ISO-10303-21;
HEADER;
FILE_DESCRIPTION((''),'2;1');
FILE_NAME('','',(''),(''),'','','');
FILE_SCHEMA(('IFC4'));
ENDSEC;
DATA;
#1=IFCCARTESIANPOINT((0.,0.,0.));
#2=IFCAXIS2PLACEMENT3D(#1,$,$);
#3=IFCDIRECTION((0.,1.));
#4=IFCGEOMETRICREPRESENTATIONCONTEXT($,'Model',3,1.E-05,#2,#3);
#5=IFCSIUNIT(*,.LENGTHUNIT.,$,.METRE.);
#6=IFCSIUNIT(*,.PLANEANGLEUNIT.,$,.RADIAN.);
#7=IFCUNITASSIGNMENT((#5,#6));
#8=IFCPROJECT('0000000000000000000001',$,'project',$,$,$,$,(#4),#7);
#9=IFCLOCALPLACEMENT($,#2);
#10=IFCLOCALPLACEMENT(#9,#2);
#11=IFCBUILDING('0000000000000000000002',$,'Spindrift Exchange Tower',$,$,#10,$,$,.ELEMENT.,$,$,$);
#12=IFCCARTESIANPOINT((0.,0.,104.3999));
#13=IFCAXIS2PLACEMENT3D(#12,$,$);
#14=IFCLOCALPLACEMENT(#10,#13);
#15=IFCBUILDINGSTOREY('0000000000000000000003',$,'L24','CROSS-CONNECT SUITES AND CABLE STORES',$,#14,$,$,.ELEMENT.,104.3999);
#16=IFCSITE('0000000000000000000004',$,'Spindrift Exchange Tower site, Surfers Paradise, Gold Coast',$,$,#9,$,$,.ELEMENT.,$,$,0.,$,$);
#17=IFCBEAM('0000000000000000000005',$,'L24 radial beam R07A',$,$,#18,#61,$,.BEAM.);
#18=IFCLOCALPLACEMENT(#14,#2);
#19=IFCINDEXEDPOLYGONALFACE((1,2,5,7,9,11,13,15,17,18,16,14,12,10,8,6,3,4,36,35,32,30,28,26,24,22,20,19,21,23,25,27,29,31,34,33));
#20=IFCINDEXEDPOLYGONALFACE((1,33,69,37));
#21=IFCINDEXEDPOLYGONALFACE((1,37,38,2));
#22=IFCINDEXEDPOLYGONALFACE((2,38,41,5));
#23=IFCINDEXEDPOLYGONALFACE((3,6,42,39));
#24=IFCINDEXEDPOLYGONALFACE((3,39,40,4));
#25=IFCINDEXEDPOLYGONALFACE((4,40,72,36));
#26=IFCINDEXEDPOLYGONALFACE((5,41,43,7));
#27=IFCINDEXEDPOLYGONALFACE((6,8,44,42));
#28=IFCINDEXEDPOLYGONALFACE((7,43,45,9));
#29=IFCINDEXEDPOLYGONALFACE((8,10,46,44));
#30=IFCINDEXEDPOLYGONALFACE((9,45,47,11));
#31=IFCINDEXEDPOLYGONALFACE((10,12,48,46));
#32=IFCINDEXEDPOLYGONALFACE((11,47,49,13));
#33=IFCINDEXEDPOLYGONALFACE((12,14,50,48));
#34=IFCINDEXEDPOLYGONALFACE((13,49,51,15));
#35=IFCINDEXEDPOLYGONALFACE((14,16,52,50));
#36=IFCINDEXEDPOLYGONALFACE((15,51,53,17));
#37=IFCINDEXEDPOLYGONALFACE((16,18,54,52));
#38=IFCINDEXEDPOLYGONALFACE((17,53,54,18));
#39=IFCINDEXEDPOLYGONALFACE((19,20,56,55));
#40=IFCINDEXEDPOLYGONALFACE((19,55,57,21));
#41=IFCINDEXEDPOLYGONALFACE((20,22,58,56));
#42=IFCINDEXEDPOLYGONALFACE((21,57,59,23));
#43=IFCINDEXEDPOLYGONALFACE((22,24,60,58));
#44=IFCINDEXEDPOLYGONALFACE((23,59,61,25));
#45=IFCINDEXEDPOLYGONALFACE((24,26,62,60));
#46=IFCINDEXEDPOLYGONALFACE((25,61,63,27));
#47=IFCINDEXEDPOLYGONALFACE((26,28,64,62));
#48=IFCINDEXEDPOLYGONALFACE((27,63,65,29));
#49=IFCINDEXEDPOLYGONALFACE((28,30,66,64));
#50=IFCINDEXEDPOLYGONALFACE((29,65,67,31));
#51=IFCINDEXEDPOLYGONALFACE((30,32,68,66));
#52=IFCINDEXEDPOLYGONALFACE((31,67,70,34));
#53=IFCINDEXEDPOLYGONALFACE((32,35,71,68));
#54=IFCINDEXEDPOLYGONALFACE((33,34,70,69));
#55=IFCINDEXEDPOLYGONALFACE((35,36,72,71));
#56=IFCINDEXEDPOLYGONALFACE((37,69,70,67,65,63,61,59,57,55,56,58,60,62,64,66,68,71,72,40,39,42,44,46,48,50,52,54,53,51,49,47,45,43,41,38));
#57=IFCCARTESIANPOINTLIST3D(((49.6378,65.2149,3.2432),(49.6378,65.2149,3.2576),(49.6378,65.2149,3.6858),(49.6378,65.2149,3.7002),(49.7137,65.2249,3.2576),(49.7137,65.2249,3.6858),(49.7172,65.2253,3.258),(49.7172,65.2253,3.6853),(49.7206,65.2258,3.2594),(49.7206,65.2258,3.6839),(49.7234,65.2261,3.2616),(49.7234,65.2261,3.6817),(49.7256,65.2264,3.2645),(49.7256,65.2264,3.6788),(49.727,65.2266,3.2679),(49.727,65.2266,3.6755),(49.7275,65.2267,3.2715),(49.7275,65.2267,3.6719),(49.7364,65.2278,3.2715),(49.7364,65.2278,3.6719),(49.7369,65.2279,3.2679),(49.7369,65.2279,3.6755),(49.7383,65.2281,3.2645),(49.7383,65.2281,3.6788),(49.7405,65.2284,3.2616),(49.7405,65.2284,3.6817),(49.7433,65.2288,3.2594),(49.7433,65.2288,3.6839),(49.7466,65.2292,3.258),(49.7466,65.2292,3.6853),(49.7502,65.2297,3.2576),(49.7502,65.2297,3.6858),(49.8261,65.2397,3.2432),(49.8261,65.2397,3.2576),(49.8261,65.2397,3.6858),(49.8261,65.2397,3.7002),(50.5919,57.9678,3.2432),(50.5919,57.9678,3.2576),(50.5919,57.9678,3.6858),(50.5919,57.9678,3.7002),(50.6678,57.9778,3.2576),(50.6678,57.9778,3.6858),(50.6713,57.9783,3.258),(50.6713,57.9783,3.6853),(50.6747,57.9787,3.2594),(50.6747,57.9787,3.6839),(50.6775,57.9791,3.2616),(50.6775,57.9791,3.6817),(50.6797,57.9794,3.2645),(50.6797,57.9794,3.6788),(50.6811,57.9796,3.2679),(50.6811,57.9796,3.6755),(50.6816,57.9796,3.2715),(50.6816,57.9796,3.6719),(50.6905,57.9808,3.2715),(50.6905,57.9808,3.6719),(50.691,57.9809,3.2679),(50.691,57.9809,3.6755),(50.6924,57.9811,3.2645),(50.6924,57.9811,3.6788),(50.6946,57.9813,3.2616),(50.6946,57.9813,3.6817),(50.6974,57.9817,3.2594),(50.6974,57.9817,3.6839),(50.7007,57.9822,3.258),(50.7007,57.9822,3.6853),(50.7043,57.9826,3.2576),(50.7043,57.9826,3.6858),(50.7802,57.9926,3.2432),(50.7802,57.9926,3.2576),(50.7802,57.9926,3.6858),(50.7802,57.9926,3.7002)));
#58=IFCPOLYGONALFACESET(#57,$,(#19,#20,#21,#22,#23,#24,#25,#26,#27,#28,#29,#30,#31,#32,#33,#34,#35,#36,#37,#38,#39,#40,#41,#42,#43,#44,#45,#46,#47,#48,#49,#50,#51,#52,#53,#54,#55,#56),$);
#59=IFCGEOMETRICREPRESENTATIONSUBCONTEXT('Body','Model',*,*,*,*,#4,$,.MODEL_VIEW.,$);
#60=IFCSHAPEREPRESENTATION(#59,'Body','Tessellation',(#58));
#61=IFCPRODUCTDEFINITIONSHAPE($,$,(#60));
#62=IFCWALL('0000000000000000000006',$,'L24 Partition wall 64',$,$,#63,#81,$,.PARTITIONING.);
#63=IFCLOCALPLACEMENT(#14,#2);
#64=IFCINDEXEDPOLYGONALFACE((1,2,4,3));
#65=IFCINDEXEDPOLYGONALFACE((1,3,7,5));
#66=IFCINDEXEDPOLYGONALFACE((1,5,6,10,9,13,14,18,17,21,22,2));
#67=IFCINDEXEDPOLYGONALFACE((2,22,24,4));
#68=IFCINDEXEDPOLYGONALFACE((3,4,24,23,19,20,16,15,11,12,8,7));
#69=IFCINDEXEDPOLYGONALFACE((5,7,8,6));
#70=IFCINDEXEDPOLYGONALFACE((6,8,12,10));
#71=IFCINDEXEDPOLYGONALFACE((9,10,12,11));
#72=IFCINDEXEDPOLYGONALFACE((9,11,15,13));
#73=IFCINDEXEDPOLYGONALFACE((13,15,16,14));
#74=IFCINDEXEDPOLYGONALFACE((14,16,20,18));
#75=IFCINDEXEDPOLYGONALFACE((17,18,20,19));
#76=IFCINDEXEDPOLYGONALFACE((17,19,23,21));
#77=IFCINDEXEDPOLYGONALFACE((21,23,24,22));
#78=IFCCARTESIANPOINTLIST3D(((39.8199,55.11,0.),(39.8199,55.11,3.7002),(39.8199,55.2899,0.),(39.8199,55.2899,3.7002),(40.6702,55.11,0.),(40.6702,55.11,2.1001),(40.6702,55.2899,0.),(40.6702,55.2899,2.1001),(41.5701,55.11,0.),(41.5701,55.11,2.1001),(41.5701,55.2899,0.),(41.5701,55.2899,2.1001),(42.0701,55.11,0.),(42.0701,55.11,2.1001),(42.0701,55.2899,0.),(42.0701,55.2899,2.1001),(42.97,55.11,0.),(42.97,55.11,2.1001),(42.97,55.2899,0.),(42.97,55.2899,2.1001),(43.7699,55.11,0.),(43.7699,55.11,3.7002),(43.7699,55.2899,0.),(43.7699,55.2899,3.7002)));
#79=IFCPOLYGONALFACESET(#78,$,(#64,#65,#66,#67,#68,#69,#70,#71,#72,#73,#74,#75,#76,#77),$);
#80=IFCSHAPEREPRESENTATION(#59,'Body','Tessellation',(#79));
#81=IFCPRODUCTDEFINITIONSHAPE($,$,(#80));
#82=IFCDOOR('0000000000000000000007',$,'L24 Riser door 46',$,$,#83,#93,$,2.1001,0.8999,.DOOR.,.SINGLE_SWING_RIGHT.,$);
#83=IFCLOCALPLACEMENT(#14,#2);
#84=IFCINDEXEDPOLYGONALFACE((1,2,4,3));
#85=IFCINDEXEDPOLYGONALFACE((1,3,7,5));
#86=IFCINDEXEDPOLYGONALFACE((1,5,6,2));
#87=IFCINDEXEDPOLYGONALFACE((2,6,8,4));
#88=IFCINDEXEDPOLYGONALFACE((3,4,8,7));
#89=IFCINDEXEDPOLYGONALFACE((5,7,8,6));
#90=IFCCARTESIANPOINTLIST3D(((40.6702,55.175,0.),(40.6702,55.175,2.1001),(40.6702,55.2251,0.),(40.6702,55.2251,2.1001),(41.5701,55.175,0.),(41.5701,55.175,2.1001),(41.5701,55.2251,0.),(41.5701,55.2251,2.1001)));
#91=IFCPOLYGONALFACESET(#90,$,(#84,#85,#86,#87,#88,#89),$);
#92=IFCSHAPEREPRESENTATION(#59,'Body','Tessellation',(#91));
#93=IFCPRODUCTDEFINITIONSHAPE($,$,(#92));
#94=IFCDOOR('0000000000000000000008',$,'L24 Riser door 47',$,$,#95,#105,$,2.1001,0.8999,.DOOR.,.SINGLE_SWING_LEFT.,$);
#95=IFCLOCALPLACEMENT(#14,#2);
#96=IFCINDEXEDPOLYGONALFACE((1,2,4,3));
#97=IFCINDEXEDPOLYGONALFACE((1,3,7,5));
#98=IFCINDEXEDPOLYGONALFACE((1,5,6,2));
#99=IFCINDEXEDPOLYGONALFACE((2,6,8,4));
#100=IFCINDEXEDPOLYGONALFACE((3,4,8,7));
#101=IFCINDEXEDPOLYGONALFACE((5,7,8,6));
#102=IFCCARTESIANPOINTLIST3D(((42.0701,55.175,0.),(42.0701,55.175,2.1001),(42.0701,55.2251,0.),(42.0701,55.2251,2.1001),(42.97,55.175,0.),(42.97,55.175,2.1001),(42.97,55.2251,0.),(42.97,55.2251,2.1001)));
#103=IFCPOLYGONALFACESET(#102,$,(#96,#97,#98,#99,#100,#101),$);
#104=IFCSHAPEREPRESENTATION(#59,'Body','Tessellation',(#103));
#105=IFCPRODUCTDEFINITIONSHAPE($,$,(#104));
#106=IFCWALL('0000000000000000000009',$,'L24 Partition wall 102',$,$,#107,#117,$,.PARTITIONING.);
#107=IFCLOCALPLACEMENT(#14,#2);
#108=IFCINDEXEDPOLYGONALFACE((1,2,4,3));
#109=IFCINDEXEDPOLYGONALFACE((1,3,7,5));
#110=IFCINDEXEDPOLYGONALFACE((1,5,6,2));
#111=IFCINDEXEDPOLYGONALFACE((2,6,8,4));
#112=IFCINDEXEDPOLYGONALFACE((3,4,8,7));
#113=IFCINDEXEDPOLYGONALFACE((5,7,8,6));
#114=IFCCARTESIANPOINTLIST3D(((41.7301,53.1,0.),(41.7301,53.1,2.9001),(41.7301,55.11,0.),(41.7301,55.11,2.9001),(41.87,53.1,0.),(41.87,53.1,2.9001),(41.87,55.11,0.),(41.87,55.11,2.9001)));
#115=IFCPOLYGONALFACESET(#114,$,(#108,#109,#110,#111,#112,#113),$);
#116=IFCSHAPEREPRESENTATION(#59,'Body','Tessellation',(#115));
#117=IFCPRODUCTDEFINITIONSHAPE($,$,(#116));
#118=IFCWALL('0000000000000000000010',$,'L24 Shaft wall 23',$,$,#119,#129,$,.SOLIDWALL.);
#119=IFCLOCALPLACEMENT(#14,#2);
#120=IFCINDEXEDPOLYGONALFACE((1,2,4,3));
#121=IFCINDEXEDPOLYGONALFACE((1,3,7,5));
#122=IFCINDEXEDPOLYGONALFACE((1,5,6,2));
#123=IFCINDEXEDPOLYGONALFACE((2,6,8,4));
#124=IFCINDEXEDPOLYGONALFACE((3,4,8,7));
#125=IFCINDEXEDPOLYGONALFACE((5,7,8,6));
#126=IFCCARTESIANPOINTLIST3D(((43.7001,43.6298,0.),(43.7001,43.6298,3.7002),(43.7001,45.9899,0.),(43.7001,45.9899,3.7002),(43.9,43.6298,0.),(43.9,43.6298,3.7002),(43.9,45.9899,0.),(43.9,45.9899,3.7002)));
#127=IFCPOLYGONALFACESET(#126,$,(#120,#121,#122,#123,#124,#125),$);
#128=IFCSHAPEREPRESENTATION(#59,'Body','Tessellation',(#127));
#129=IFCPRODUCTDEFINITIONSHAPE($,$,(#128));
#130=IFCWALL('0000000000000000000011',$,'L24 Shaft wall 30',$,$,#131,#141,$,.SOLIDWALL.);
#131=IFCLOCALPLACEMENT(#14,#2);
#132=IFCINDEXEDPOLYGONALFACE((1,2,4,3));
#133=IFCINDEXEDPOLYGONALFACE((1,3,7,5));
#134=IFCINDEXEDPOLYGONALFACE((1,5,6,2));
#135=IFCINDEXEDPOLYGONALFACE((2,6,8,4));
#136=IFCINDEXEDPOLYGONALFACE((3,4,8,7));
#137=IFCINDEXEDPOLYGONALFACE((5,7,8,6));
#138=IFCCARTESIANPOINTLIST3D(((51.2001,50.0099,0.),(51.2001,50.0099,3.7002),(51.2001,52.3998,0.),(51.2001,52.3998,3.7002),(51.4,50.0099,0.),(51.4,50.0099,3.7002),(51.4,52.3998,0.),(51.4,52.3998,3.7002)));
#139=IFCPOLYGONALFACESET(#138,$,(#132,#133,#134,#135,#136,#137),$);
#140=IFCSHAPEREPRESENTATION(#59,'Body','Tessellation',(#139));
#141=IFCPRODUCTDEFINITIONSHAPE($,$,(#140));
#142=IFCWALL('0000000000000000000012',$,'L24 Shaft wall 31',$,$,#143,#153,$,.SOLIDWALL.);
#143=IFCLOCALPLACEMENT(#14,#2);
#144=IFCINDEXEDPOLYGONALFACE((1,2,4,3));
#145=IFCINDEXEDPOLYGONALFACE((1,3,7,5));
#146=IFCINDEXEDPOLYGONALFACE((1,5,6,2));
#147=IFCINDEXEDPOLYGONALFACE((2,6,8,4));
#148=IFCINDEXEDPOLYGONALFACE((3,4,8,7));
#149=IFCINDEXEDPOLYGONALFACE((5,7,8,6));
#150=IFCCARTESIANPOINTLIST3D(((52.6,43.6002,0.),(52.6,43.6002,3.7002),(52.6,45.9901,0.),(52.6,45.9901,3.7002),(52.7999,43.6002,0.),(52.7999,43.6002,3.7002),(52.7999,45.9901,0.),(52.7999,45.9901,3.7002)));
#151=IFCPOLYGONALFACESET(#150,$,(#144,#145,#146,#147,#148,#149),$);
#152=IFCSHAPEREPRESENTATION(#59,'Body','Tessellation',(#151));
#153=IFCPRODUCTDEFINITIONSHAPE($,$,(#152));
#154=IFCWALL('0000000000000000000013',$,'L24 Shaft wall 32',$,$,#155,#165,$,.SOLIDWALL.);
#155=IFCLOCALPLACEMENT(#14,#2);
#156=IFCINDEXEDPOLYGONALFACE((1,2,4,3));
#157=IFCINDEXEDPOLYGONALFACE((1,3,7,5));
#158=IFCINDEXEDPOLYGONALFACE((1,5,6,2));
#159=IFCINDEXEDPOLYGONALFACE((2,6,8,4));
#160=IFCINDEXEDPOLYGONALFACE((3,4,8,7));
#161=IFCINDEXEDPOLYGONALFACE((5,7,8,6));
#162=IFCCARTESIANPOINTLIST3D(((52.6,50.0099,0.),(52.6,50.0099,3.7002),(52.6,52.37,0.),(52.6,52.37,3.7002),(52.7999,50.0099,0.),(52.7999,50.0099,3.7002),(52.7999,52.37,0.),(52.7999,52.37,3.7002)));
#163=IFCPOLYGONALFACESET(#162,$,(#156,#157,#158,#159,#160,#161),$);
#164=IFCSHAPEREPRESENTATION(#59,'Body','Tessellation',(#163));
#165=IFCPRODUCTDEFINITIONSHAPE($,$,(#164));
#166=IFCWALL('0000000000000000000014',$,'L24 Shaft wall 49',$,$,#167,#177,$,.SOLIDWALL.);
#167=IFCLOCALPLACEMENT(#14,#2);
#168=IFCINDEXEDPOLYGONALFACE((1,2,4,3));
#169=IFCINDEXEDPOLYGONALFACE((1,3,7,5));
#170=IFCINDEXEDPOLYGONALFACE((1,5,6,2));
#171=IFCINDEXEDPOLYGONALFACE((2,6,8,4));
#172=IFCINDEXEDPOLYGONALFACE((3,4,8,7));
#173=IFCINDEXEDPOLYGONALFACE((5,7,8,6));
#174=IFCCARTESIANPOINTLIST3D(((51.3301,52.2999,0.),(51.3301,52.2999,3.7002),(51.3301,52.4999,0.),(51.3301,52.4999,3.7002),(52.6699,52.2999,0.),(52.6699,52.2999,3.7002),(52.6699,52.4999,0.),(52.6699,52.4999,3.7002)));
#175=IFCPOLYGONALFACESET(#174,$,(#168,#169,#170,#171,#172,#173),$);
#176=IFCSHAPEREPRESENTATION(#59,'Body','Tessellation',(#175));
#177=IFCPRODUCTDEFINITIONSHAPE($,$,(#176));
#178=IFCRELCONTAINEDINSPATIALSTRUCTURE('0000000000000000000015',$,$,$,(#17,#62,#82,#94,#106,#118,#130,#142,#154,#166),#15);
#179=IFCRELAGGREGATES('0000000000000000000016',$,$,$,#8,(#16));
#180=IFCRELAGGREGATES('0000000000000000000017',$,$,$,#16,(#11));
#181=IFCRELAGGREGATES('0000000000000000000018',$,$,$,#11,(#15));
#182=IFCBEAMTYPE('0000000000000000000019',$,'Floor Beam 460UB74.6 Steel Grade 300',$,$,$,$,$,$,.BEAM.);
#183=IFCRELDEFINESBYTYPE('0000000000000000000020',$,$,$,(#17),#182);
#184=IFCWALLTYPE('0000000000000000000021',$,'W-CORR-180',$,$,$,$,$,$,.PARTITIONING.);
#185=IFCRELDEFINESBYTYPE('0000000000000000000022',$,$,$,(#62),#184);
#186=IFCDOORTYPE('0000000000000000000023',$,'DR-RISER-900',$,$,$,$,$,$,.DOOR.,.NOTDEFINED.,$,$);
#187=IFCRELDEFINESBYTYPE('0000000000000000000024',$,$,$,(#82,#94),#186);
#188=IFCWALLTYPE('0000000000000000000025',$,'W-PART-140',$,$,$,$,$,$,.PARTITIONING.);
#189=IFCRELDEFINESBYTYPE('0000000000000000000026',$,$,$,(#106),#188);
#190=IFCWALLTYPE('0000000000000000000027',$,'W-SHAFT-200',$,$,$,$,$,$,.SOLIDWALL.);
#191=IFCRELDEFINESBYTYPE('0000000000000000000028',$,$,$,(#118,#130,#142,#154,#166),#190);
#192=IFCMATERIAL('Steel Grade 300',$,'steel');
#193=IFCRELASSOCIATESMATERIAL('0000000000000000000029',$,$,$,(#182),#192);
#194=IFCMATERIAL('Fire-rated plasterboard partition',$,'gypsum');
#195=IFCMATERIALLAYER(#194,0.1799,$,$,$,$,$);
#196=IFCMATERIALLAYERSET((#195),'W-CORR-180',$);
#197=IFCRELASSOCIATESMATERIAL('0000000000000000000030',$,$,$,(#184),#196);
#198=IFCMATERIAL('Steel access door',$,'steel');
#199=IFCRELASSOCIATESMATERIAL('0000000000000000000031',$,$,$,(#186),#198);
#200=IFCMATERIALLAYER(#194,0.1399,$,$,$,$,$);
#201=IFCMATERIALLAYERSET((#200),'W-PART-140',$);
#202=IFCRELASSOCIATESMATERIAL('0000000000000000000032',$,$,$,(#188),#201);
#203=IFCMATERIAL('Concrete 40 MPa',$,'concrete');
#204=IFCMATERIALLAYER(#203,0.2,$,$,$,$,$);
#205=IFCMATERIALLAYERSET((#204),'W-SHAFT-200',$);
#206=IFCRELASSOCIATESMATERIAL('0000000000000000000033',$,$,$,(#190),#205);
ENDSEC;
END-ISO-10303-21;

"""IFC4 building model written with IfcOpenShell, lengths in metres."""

from ifc_helpers import new_model, si_unit, direction, frame, frame_2d, origin, origin_2d, place, context, subcontext, project, spatial, rectangle, i_section, extrude, source, transform, mapped, material, layer, layer_set, material_profile, profile_set, type_object, element, fill, save


model = new_model("IFC4")

# Units and contexts
model_context = context("Model", 3, precision=1e-05, world=origin(), true_north=direction((0.0, 1.0)))
body_context = subcontext(model_context, "Body", "Model", "MODEL_VIEW")
ifc_project = project(units=[si_unit("LENGTHUNIT", "METRE"), si_unit("PLANEANGLEUNIT", "RADIAN")], contexts=[model_context])

# Site, building, storey
site_placement = place(None, origin())
site = spatial("IfcSite", under=ifc_project, at=site_placement, Name="Spindrift Exchange Tower site, Surfers Paradise, Gold Coast", CompositionType="ELEMENT", RefElevation=0.0)
building_placement = place(site_placement, origin())
building = spatial("IfcBuilding", under=site, at=building_placement, Name="Spindrift Exchange Tower", CompositionType="ELEMENT")
storey_placement = place(building_placement, frame((0.0, 0.0, 104.3999)))
storey = spatial("IfcBuildingStorey", under=building, at=storey_placement, Name="L24", Description="CROSS-CONNECT SUITES AND CABLE STORES", CompositionType="ELEMENT", Elevation=104.3999)

# Beam
ifc_material_1 = material(Name="Steel Grade 300", Category="steel")
ifc_material_profile = material_profile(ifc_material_1, i_section(OverallWidth=0.1899, OverallDepth=0.457, WebThickness=0.009, FlangeThickness=0.0144, FilletRadius=0.0139, at=origin_2d()), Name="460UB74.6")
ifc_profile_set = profile_set([ifc_material_profile], Name="Steel Grade 300")
beam_type = type_object("IfcBeamType", Name="Floor Beam 460UB74.6 Steel Grade 300", PredefinedType="BEAM", material=ifc_profile_set)
shared_shape_1 = source(origin(), body_context, "Body", "SweptSolid", [
    extrude(i_section(OverallWidth=0.1899, OverallDepth=0.457, WebThickness=0.009, FlangeThickness=0.0144, FilletRadius=0.0139, at=origin_2d()), origin(), (0.0, 0.0, 1.0), 7.3096),
])
beam_placement = place(storey_placement, frame((50.686, 57.9802, 3.4717), z_axis=(-0.130527, 0.991445, 0.0), x_axis=(-0.991445, -0.130527, 0.0)))
element("IfcBeam", 1, at=beam_placement, inside=storey, type_object=beam_type, Name="L24 radial beam R07A", PredefinedType="BEAM", context=body_context, shape_type="MappedRepresentation", body=[
    mapped(shared_shape_1, transform((0.0, 0.0, 0.0), scale=1.0)),
])

# Wall, openings, doors
ifc_material_2 = material(Name="Fire-rated plasterboard partition", Category="gypsum")
ifc_layer_1 = layer(ifc_material_2, 0.1799)
ifc_layer_set_1 = layer_set([ifc_layer_1], Name="W-CORR-180")
wall_type_1 = type_object("IfcWallType", Name="W-CORR-180", PredefinedType="PARTITIONING", material=ifc_layer_set_1)
wall_1_placement = place(storey_placement, frame((43.77, 55.2, 0.0), z_axis=(0.0, 0.0, 1.0), x_axis=(-1.0, 0.0, 0.0)))
wall_1 = element("IfcWall", 2, at=wall_1_placement, inside=storey, type_object=wall_type_1, Name="L24 Partition wall 64", PredefinedType="PARTITIONING", context=body_context, shape_type="SweptSolid", body=[
    extrude(rectangle(XDim=3.95, YDim=0.1799, at=frame_2d((1.9751, 0.0))), origin(), (0.0, 0.0, 1.0), 3.7002),
])
opening_1_placement = place(wall_1_placement, frame((2.2, 0.0, 0.0)))
opening_1 = element("IfcOpeningElement", 3, at=opening_1_placement, cuts=wall_1, PredefinedType="OPENING", context=body_context, shape_type="SweptSolid", body=[
    extrude(rectangle(XDim=0.8999, YDim=2.1001, at=frame_2d((0.45, 1.05))), frame((0.0, 0.0999, 0.0), z_axis=(0.0, -1.0, 0.0), x_axis=(1.0, 0.0, 0.0)), (0.0, 0.0, 1.0), 0.2),
])
opening_2_placement = place(wall_1_placement, frame((0.8, 0.0, 0.0)))
opening_2 = element("IfcOpeningElement", 4, at=opening_2_placement, cuts=wall_1, PredefinedType="OPENING", context=body_context, shape_type="SweptSolid", body=[
    extrude(rectangle(XDim=0.8999, YDim=2.1001, at=frame_2d((0.45, 1.05))), frame((0.0, 0.0999, 0.0), z_axis=(0.0, -1.0, 0.0), x_axis=(1.0, 0.0, 0.0)), (0.0, 0.0, 1.0), 0.2),
])
ifc_material_3 = material(Name="Steel access door", Category="steel")
door_type_1 = type_object("IfcDoorType", Name="DR-RISER-900", OperationType="NOTDEFINED", PredefinedType="DOOR", material=ifc_material_3)
shared_shape_2 = source(origin(), body_context, "Body", "SweptSolid", [
    extrude(rectangle(XDim=0.8999, YDim=2.1001, at=frame_2d((0.45, 1.05))), frame((0.0, 0.0249, 0.0), z_axis=(0.0, -1.0, 0.0), x_axis=(1.0, 0.0, 0.0)), (0.0, 0.0, 1.0), 0.05),
])
door_1_placement = place(opening_1_placement, origin())
door_1 = element("IfcDoor", 5, at=door_1_placement, inside=storey, type_object=door_type_1, Name="L24 Riser door 46", OperationType="SINGLE_SWING_RIGHT", OverallHeight=2.1001, OverallWidth=0.8999, PredefinedType="DOOR", context=body_context, shape_type="MappedRepresentation", body=[
    mapped(shared_shape_2, transform((0.0, 0.0, 0.0), scale=1.0)),
])
fill(opening_1, door_1)
door_2_placement = place(opening_2_placement, origin())
door_2 = element("IfcDoor", 6, at=door_2_placement, inside=storey, type_object=door_type_1, Name="L24 Riser door 47", OperationType="SINGLE_SWING_LEFT", OverallHeight=2.1001, OverallWidth=0.8999, PredefinedType="DOOR", context=body_context, shape_type="MappedRepresentation", body=[
    mapped(shared_shape_2, transform((0.0, 0.0, 0.0), scale=1.0)),
])
fill(opening_2, door_2)

# Walls
ifc_layer_2 = layer(ifc_material_2, 0.1399)
ifc_layer_set_2 = layer_set([ifc_layer_2], Name="W-PART-140")
wall_type_2 = type_object("IfcWallType", Name="W-PART-140", PredefinedType="PARTITIONING", material=ifc_layer_set_2)
wall_2_placement = place(storey_placement, frame((41.8, 53.1001, 0.0), z_axis=(0.0, 0.0, 1.0), x_axis=(0.0, 1.0, 0.0)))
element("IfcWall", 7, at=wall_2_placement, inside=storey, type_object=wall_type_2, Name="L24 Partition wall 102", PredefinedType="PARTITIONING", context=body_context, shape_type="SweptSolid", body=[
    extrude(rectangle(XDim=2.01, YDim=0.1399, at=frame_2d((1.0049, 0.0))), origin(), (0.0, 0.0, 1.0), 2.9001),
])
ifc_material_4 = material(Name="Concrete 40 MPa", Category="concrete")
ifc_layer_3 = layer(ifc_material_4, 0.2)
ifc_layer_set_3 = layer_set([ifc_layer_3], Name="W-SHAFT-200")
wall_type_3 = type_object("IfcWallType", Name="W-SHAFT-200", PredefinedType="SOLIDWALL", material=ifc_layer_set_3)
wall_3_placement = place(storey_placement, frame((43.8, 45.99, 0.0), z_axis=(0.0, 0.0, 1.0), x_axis=(0.0, -1.0, 0.0)))
element("IfcWall", 8, at=wall_3_placement, inside=storey, type_object=wall_type_3, Name="L24 Shaft wall 23", PredefinedType="SOLIDWALL", context=body_context, shape_type="SweptSolid", body=[
    extrude(rectangle(XDim=2.3601, YDim=0.2, at=frame_2d((1.1802, 0.0))), origin(), (0.0, 0.0, 1.0), 3.7002),
])
for number, where, z_axis, x_axis, name in (
    (9, (51.3, 50.01, 0.0), (0.0, 0.0, 1.0), (0.0, 1.0, 0.0), "L24 Shaft wall 30"),
    (10, (52.7, 45.99, 0.0), (0.0, 0.0, 1.0), (0.0, -1.0, 0.0), "L24 Shaft wall 31"),
):
    element("IfcWall", number, at=place(storey_placement, frame(where, z_axis=z_axis, x_axis=x_axis)), inside=storey, type_object=wall_type_3, Name=name, PredefinedType="SOLIDWALL", context=body_context, shape_type="SweptSolid", body=[
        extrude(rectangle(XDim=2.3899, YDim=0.2, at=frame_2d((1.1948, 0.0))), origin(), (0.0, 0.0, 1.0), 3.7002),
    ])
wall_4_placement = place(storey_placement, frame((52.7, 52.3701, 0.0), z_axis=(0.0, 0.0, 1.0), x_axis=(0.0, -1.0, 0.0)))
element("IfcWall", 11, at=wall_4_placement, inside=storey, type_object=wall_type_3, Name="L24 Shaft wall 32", PredefinedType="SOLIDWALL", context=body_context, shape_type="SweptSolid", body=[
    extrude(rectangle(XDim=2.3601, YDim=0.2, at=frame_2d((1.1802, 0.0))), origin(), (0.0, 0.0, 1.0), 3.7002),
])
wall_5_placement = place(storey_placement, frame((51.3301, 52.3999, 0.0), z_axis=(0.0, 0.0, 1.0), x_axis=(1.0, 0.0, 0.0)))
element("IfcWall", 12, at=wall_5_placement, inside=storey, type_object=wall_type_3, Name="L24 Shaft wall 49", PredefinedType="SOLIDWALL", context=body_context, shape_type="SweptSolid", body=[
    extrude(rectangle(XDim=1.3398, YDim=0.2, at=frame_2d((0.6699, 0.0))), origin(), (0.0, 0.0, 1.0), 3.7002),
])

save(model, "model.ifc")
